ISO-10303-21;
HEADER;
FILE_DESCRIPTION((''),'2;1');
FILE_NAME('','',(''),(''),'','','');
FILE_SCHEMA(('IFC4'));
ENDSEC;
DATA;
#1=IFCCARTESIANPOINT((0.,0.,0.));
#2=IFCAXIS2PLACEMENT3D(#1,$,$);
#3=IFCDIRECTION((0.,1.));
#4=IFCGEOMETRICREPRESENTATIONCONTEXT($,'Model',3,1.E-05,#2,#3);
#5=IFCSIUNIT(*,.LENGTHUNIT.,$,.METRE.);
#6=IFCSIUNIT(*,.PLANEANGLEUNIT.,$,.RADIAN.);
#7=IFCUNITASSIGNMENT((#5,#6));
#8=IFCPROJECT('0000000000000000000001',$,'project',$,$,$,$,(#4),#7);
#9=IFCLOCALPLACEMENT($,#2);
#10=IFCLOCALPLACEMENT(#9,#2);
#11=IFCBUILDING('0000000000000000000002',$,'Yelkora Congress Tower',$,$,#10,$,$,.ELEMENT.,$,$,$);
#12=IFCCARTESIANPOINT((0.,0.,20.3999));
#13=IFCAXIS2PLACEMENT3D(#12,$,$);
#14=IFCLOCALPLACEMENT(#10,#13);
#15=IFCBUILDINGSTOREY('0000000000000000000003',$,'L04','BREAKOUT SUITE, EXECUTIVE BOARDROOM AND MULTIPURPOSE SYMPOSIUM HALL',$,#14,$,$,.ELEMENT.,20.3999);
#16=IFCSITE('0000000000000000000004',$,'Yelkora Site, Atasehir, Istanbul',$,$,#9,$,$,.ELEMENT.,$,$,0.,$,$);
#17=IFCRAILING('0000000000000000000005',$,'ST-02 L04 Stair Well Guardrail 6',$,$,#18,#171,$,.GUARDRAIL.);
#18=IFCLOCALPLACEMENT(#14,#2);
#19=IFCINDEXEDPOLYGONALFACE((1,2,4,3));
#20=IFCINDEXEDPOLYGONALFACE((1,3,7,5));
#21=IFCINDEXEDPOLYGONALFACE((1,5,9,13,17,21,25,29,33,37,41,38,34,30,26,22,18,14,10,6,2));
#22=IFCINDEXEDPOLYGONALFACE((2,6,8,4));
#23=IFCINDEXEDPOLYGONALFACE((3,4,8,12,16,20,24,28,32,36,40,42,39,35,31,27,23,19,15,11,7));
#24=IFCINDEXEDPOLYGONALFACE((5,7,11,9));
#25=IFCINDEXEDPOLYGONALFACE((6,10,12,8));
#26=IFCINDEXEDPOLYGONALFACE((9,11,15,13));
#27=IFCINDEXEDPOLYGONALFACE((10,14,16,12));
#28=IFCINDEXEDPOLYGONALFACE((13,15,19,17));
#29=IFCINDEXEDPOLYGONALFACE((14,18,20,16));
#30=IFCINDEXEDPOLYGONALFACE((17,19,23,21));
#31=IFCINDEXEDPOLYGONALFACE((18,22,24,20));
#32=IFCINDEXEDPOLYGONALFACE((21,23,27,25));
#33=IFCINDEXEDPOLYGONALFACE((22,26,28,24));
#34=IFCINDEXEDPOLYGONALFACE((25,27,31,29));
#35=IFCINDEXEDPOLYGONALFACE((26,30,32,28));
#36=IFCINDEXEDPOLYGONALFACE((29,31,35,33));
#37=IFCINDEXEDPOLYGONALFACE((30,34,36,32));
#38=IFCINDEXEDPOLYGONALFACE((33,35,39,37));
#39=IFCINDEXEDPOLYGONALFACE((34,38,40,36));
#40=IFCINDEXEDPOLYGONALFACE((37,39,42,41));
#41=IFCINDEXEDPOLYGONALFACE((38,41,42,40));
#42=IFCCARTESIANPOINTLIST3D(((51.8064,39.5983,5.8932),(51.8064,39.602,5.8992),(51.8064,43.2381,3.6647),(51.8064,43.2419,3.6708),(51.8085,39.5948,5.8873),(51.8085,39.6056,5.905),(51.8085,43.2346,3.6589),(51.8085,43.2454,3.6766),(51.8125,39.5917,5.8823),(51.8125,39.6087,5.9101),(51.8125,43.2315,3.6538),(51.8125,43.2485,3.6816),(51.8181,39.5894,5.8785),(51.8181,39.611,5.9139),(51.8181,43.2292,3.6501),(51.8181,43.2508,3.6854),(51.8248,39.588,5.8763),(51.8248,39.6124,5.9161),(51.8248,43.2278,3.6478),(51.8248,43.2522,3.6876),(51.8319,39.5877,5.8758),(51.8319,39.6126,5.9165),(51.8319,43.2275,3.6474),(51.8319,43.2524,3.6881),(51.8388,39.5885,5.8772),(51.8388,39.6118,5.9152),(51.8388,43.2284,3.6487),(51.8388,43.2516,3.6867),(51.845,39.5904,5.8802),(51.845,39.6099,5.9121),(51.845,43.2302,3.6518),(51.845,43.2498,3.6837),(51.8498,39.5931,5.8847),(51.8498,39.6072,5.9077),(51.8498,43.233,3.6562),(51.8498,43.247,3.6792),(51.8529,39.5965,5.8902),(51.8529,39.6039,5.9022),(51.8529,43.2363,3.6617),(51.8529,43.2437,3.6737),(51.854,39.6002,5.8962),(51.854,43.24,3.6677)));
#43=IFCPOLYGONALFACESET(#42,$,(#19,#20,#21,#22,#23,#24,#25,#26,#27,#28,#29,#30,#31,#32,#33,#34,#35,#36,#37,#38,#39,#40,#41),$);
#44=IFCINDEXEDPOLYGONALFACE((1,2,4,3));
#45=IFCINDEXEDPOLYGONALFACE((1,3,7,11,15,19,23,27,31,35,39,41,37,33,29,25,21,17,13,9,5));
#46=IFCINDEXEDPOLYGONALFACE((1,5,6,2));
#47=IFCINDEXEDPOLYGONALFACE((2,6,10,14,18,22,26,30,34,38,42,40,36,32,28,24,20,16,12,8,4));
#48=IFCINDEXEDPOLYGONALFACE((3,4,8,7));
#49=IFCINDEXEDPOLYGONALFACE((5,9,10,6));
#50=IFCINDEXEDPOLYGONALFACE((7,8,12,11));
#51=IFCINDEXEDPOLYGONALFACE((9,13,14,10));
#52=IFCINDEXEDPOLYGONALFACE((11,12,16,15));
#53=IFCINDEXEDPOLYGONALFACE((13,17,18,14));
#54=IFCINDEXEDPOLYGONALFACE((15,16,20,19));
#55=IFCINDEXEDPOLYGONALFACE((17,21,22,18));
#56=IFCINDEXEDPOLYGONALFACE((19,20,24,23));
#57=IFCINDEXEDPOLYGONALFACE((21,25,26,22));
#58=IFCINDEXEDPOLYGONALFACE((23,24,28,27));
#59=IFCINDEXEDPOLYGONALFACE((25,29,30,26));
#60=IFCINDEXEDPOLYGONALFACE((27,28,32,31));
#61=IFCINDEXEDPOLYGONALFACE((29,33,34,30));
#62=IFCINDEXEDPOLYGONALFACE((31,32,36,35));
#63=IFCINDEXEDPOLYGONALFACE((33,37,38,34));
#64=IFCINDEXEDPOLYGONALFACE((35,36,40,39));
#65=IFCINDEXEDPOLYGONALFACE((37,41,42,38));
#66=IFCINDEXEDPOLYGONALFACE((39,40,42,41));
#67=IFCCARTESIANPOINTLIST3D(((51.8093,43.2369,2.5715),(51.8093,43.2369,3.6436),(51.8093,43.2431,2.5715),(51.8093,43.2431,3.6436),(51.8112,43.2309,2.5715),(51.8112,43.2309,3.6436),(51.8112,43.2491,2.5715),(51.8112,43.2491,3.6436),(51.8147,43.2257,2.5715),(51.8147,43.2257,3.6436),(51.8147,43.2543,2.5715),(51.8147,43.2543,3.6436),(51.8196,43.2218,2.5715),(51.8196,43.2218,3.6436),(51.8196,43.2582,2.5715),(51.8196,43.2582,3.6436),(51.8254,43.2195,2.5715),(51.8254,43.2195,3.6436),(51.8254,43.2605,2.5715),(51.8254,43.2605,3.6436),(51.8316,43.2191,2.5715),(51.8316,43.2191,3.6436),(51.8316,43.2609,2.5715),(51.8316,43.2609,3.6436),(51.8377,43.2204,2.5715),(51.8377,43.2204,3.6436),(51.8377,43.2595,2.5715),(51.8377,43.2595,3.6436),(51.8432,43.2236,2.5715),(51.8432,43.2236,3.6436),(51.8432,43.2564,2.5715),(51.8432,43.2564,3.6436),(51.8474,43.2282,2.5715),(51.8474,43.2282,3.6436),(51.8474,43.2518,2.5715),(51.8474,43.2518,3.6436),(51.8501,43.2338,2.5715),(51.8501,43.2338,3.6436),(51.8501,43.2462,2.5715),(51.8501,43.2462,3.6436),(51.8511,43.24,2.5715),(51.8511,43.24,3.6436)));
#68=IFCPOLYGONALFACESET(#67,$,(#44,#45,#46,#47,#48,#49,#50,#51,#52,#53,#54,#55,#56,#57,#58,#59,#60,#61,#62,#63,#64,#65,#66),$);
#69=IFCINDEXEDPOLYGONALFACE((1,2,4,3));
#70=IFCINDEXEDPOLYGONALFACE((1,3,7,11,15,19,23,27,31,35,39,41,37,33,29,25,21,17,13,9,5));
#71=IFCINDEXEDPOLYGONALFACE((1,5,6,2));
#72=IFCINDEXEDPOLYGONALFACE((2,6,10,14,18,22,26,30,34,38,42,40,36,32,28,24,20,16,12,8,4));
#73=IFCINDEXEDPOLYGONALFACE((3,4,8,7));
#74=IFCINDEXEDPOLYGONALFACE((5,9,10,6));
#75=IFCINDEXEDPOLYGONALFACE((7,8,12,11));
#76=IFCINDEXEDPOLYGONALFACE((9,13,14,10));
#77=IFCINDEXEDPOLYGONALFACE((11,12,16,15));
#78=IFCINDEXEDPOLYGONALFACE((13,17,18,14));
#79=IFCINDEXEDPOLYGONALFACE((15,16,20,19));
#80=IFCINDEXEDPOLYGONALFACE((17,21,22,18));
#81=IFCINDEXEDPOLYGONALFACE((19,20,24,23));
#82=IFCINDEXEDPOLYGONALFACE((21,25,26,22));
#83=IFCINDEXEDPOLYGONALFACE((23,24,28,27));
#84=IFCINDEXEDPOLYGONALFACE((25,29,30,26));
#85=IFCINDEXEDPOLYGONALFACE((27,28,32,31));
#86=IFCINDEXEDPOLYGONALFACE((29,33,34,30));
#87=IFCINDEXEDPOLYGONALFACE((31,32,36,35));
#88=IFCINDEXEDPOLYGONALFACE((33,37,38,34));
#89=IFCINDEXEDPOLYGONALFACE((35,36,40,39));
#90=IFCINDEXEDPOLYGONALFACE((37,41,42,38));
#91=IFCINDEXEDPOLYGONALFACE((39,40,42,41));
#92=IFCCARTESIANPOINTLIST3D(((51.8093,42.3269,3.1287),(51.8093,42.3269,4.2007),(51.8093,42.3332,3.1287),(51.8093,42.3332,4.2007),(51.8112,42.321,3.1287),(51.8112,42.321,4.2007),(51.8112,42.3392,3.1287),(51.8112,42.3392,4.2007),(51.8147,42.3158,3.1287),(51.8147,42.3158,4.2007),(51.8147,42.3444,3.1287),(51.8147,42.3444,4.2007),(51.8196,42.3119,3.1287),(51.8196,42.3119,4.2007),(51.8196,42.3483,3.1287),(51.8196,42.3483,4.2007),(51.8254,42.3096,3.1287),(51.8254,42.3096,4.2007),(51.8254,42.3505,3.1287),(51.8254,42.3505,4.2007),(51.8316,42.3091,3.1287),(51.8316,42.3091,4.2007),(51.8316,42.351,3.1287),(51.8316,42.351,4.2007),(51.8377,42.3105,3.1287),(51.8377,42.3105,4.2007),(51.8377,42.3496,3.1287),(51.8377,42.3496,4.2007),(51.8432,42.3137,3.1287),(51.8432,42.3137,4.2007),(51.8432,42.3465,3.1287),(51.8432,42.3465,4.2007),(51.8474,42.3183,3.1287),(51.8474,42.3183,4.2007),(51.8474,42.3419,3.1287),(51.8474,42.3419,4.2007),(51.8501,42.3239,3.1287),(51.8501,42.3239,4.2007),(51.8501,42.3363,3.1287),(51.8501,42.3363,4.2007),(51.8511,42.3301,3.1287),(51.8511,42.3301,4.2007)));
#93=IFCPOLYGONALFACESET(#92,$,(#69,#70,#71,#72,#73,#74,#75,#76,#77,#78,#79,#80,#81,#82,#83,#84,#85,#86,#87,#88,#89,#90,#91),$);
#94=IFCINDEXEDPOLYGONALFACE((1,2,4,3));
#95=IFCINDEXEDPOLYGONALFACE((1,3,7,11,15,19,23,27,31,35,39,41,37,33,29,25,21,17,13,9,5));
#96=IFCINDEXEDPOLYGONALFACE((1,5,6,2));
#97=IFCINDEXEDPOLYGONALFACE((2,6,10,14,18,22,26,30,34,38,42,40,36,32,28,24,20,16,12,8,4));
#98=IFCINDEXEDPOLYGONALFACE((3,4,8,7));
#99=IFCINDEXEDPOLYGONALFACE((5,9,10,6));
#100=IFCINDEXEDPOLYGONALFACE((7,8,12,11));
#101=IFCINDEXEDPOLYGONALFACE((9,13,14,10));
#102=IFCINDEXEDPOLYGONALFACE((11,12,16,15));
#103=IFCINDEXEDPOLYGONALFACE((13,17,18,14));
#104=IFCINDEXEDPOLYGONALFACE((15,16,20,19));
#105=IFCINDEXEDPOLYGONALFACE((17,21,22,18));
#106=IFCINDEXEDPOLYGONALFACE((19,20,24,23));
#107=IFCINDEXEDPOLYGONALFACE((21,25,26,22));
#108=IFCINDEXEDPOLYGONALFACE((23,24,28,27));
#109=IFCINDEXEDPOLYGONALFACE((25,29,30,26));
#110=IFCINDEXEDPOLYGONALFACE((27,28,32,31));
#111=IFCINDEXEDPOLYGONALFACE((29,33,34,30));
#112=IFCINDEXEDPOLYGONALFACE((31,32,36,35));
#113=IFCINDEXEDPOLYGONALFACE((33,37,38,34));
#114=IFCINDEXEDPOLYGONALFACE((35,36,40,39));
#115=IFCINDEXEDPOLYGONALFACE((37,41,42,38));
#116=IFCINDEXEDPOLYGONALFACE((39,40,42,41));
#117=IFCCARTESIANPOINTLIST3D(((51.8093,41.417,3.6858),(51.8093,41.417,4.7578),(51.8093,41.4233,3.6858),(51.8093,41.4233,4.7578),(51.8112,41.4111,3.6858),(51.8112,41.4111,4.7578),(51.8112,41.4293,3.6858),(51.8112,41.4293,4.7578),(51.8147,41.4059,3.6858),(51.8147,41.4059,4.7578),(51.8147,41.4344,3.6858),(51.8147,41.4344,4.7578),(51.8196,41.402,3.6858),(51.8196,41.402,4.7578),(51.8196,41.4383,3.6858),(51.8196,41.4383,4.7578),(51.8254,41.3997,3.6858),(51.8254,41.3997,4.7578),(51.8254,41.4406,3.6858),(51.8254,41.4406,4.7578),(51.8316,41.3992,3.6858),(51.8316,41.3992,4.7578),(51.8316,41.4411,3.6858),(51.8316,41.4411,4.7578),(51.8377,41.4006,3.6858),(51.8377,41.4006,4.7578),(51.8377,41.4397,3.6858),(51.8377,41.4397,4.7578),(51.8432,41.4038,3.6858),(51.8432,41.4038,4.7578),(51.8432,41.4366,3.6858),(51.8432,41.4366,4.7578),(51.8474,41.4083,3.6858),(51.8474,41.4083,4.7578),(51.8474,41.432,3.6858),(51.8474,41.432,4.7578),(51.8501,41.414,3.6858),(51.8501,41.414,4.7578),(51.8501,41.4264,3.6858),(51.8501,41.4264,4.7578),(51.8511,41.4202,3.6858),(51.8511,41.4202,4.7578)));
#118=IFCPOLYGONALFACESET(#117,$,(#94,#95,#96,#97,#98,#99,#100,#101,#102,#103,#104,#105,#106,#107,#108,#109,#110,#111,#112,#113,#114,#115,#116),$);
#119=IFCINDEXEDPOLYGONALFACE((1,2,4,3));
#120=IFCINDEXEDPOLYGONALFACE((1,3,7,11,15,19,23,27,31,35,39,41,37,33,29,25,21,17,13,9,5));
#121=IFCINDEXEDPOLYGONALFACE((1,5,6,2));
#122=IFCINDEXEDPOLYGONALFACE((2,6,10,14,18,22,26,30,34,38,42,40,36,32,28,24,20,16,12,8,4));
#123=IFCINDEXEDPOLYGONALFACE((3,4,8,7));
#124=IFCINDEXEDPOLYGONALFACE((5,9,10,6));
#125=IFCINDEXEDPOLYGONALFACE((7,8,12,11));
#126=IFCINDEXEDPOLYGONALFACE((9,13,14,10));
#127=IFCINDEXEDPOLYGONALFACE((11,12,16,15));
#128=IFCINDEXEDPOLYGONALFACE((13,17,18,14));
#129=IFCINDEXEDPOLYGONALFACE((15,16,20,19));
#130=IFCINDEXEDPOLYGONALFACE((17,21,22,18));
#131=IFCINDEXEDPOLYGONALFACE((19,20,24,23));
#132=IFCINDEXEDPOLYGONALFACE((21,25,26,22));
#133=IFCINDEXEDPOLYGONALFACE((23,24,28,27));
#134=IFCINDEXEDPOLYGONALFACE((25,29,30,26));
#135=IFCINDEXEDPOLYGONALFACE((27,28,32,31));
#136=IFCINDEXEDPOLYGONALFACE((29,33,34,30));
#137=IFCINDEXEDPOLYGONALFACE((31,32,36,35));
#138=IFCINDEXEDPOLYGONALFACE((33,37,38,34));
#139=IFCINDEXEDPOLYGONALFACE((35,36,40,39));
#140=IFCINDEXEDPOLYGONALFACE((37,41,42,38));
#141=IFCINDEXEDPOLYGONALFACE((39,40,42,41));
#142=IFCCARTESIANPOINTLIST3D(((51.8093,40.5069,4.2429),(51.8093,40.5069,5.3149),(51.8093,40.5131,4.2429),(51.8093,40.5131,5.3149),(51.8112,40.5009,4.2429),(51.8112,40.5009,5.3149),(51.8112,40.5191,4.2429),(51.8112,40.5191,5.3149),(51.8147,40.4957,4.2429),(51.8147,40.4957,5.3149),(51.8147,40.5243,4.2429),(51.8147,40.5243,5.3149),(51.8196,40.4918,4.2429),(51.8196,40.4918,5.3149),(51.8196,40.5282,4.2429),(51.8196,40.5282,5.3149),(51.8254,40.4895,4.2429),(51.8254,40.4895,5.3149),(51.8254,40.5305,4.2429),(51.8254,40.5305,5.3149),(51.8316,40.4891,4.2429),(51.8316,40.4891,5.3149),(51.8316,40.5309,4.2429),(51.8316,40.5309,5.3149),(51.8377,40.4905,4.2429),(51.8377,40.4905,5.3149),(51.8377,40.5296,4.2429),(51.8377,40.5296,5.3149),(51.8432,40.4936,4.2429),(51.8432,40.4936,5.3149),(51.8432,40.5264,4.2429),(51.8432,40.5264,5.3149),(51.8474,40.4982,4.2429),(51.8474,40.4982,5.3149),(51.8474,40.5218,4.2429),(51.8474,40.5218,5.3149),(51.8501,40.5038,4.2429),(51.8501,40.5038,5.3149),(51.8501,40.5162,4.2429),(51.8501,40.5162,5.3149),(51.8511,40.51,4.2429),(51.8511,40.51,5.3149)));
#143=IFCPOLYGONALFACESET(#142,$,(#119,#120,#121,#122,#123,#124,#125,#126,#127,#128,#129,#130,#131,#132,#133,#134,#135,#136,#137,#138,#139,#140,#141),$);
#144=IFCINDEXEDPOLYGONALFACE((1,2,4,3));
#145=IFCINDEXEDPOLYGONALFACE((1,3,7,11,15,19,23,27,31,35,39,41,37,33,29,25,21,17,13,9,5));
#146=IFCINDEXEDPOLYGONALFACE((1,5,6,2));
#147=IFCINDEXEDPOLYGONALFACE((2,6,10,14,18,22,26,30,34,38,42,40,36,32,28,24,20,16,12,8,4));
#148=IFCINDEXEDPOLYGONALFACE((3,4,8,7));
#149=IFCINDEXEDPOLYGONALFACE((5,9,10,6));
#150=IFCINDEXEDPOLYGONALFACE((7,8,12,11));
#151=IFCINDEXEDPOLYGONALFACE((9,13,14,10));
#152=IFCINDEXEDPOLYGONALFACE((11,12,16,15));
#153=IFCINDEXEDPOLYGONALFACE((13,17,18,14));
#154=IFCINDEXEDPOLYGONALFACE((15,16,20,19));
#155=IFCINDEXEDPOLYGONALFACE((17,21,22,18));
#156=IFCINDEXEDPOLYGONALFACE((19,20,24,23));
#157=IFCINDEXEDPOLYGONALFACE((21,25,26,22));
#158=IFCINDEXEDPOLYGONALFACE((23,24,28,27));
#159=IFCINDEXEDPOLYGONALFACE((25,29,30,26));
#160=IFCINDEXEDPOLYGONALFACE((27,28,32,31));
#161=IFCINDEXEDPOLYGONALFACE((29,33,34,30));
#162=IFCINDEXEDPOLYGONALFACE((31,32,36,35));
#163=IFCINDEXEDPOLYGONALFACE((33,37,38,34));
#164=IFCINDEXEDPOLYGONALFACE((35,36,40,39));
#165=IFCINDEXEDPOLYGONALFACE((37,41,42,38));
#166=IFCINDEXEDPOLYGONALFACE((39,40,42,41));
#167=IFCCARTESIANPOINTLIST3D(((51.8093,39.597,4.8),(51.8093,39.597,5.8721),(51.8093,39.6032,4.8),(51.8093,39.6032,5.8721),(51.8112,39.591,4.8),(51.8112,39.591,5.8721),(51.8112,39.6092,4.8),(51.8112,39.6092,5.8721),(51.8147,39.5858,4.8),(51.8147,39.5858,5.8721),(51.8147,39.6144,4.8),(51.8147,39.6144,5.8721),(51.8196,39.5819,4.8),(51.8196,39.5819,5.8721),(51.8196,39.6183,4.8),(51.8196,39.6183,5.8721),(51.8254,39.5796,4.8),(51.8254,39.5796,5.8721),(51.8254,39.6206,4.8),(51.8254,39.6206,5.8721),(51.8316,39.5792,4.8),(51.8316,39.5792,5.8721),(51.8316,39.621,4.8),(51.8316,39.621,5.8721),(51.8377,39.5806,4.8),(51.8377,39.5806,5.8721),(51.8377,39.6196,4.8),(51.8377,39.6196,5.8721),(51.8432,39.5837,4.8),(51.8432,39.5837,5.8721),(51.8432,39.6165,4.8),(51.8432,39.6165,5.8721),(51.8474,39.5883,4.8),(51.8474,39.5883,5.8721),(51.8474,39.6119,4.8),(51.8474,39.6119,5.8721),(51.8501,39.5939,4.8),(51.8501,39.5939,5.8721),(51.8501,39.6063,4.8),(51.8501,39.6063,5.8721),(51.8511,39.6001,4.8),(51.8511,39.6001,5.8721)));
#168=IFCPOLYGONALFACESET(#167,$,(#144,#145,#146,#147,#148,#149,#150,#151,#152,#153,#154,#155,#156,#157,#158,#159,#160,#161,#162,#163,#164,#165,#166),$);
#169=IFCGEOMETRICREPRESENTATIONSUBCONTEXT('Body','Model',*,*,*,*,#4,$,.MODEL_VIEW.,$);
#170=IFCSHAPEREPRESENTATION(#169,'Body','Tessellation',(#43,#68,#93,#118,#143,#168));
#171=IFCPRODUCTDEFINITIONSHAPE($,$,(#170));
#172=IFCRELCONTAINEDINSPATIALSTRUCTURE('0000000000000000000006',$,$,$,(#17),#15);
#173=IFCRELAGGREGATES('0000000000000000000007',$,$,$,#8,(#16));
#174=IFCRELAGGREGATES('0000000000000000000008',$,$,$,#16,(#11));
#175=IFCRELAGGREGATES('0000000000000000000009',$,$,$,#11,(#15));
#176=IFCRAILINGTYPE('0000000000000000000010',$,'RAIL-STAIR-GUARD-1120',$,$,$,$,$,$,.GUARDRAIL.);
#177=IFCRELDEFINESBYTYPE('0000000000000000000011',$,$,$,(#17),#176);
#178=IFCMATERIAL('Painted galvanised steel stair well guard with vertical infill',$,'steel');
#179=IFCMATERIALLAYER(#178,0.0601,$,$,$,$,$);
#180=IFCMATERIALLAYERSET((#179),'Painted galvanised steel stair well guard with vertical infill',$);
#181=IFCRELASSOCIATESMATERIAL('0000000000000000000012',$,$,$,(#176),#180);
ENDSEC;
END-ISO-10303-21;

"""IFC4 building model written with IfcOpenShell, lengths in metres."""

from ifc_helpers import new_model, si_unit, direction, frame, origin, origin_2d, place, context, subcontext, project, spatial, circle, extrude, material, layer, layer_set, type_object, element, save


model = new_model("IFC4")

# Units and contexts
model_context = context("Model", 3, precision=1e-05, world=origin(), true_north=direction((0.0, 1.0)))
body_context = subcontext(model_context, "Body", "Model", "MODEL_VIEW")
ifc_project = project(units=[si_unit("LENGTHUNIT", "METRE"), si_unit("PLANEANGLEUNIT", "RADIAN")], contexts=[model_context])

# Site, building, storey
site_placement = place(None, origin())
site = spatial("IfcSite", under=ifc_project, at=site_placement, Name="Yelkora Site, Atasehir, Istanbul", CompositionType="ELEMENT", RefElevation=0.0)
building_placement = place(site_placement, origin())
building = spatial("IfcBuilding", under=site, at=building_placement, Name="Yelkora Congress Tower", CompositionType="ELEMENT")
storey_placement = place(building_placement, frame((0.0, 0.0, 20.3999)))
storey = spatial("IfcBuildingStorey", under=building, at=storey_placement, Name="L04", Description="BREAKOUT SUITE, EXECUTIVE BOARDROOM AND MULTIPURPOSE SYMPOSIUM HALL", CompositionType="ELEMENT", Elevation=20.3999)

# Railing
ifc_material_1 = material(Name="Painted galvanised steel stair well guard with vertical infill", Category="steel")
ifc_layer_1 = layer(ifc_material_1, 0.0601)
ifc_layer_set_1 = layer_set([ifc_layer_1], Name="Painted galvanised steel stair well guard with vertical infill")
railing_type_1 = type_object("IfcRailingType", Name="RAIL-STAIR-GUARD-1120", PredefinedType="GUARDRAIL", material=ifc_layer_set_1)
railing_1_placement = place(storey_placement, frame((51.8301, 43.24, 2.5715)))
element("IfcRailing", 1, at=railing_1_placement, inside=storey, type_object=railing_type_1, Name="ST-02 L04 Stair Well Guardrail 6", PredefinedType="GUARDRAIL", context=body_context, shape_type="SweptSolid", body=[
    extrude(circle(Radius=0.0239, at=origin_2d()), frame((0.0, 0.0, 1.0962), z_axis=(0.0, -0.85285, 0.522156), x_axis=(1.0, 0.0, 0.0)), (0.0, 0.0, 1.0), 4.2678),
    extrude(circle(Radius=0.021, at=origin_2d()), origin(), (0.0, 0.0, 1.0), 1.072),
    extrude(circle(Radius=0.021, at=origin_2d()), frame((0.0, -0.9099, 0.5571)), (0.0, 0.0, 1.0), 1.072),
    extrude(circle(Radius=0.021, at=origin_2d()), frame((0.0, -1.8198, 1.1143)), (0.0, 0.0, 1.0), 1.072),
    extrude(circle(Radius=0.021, at=origin_2d()), frame((0.0, -2.73, 1.6714)), (0.0, 0.0, 1.0), 1.072),
    extrude(circle(Radius=0.021, at=origin_2d()), frame((0.0, -3.6399, 2.2285)), (0.0, 0.0, 1.0), 1.072),
])

save(model, "model.ifc")
